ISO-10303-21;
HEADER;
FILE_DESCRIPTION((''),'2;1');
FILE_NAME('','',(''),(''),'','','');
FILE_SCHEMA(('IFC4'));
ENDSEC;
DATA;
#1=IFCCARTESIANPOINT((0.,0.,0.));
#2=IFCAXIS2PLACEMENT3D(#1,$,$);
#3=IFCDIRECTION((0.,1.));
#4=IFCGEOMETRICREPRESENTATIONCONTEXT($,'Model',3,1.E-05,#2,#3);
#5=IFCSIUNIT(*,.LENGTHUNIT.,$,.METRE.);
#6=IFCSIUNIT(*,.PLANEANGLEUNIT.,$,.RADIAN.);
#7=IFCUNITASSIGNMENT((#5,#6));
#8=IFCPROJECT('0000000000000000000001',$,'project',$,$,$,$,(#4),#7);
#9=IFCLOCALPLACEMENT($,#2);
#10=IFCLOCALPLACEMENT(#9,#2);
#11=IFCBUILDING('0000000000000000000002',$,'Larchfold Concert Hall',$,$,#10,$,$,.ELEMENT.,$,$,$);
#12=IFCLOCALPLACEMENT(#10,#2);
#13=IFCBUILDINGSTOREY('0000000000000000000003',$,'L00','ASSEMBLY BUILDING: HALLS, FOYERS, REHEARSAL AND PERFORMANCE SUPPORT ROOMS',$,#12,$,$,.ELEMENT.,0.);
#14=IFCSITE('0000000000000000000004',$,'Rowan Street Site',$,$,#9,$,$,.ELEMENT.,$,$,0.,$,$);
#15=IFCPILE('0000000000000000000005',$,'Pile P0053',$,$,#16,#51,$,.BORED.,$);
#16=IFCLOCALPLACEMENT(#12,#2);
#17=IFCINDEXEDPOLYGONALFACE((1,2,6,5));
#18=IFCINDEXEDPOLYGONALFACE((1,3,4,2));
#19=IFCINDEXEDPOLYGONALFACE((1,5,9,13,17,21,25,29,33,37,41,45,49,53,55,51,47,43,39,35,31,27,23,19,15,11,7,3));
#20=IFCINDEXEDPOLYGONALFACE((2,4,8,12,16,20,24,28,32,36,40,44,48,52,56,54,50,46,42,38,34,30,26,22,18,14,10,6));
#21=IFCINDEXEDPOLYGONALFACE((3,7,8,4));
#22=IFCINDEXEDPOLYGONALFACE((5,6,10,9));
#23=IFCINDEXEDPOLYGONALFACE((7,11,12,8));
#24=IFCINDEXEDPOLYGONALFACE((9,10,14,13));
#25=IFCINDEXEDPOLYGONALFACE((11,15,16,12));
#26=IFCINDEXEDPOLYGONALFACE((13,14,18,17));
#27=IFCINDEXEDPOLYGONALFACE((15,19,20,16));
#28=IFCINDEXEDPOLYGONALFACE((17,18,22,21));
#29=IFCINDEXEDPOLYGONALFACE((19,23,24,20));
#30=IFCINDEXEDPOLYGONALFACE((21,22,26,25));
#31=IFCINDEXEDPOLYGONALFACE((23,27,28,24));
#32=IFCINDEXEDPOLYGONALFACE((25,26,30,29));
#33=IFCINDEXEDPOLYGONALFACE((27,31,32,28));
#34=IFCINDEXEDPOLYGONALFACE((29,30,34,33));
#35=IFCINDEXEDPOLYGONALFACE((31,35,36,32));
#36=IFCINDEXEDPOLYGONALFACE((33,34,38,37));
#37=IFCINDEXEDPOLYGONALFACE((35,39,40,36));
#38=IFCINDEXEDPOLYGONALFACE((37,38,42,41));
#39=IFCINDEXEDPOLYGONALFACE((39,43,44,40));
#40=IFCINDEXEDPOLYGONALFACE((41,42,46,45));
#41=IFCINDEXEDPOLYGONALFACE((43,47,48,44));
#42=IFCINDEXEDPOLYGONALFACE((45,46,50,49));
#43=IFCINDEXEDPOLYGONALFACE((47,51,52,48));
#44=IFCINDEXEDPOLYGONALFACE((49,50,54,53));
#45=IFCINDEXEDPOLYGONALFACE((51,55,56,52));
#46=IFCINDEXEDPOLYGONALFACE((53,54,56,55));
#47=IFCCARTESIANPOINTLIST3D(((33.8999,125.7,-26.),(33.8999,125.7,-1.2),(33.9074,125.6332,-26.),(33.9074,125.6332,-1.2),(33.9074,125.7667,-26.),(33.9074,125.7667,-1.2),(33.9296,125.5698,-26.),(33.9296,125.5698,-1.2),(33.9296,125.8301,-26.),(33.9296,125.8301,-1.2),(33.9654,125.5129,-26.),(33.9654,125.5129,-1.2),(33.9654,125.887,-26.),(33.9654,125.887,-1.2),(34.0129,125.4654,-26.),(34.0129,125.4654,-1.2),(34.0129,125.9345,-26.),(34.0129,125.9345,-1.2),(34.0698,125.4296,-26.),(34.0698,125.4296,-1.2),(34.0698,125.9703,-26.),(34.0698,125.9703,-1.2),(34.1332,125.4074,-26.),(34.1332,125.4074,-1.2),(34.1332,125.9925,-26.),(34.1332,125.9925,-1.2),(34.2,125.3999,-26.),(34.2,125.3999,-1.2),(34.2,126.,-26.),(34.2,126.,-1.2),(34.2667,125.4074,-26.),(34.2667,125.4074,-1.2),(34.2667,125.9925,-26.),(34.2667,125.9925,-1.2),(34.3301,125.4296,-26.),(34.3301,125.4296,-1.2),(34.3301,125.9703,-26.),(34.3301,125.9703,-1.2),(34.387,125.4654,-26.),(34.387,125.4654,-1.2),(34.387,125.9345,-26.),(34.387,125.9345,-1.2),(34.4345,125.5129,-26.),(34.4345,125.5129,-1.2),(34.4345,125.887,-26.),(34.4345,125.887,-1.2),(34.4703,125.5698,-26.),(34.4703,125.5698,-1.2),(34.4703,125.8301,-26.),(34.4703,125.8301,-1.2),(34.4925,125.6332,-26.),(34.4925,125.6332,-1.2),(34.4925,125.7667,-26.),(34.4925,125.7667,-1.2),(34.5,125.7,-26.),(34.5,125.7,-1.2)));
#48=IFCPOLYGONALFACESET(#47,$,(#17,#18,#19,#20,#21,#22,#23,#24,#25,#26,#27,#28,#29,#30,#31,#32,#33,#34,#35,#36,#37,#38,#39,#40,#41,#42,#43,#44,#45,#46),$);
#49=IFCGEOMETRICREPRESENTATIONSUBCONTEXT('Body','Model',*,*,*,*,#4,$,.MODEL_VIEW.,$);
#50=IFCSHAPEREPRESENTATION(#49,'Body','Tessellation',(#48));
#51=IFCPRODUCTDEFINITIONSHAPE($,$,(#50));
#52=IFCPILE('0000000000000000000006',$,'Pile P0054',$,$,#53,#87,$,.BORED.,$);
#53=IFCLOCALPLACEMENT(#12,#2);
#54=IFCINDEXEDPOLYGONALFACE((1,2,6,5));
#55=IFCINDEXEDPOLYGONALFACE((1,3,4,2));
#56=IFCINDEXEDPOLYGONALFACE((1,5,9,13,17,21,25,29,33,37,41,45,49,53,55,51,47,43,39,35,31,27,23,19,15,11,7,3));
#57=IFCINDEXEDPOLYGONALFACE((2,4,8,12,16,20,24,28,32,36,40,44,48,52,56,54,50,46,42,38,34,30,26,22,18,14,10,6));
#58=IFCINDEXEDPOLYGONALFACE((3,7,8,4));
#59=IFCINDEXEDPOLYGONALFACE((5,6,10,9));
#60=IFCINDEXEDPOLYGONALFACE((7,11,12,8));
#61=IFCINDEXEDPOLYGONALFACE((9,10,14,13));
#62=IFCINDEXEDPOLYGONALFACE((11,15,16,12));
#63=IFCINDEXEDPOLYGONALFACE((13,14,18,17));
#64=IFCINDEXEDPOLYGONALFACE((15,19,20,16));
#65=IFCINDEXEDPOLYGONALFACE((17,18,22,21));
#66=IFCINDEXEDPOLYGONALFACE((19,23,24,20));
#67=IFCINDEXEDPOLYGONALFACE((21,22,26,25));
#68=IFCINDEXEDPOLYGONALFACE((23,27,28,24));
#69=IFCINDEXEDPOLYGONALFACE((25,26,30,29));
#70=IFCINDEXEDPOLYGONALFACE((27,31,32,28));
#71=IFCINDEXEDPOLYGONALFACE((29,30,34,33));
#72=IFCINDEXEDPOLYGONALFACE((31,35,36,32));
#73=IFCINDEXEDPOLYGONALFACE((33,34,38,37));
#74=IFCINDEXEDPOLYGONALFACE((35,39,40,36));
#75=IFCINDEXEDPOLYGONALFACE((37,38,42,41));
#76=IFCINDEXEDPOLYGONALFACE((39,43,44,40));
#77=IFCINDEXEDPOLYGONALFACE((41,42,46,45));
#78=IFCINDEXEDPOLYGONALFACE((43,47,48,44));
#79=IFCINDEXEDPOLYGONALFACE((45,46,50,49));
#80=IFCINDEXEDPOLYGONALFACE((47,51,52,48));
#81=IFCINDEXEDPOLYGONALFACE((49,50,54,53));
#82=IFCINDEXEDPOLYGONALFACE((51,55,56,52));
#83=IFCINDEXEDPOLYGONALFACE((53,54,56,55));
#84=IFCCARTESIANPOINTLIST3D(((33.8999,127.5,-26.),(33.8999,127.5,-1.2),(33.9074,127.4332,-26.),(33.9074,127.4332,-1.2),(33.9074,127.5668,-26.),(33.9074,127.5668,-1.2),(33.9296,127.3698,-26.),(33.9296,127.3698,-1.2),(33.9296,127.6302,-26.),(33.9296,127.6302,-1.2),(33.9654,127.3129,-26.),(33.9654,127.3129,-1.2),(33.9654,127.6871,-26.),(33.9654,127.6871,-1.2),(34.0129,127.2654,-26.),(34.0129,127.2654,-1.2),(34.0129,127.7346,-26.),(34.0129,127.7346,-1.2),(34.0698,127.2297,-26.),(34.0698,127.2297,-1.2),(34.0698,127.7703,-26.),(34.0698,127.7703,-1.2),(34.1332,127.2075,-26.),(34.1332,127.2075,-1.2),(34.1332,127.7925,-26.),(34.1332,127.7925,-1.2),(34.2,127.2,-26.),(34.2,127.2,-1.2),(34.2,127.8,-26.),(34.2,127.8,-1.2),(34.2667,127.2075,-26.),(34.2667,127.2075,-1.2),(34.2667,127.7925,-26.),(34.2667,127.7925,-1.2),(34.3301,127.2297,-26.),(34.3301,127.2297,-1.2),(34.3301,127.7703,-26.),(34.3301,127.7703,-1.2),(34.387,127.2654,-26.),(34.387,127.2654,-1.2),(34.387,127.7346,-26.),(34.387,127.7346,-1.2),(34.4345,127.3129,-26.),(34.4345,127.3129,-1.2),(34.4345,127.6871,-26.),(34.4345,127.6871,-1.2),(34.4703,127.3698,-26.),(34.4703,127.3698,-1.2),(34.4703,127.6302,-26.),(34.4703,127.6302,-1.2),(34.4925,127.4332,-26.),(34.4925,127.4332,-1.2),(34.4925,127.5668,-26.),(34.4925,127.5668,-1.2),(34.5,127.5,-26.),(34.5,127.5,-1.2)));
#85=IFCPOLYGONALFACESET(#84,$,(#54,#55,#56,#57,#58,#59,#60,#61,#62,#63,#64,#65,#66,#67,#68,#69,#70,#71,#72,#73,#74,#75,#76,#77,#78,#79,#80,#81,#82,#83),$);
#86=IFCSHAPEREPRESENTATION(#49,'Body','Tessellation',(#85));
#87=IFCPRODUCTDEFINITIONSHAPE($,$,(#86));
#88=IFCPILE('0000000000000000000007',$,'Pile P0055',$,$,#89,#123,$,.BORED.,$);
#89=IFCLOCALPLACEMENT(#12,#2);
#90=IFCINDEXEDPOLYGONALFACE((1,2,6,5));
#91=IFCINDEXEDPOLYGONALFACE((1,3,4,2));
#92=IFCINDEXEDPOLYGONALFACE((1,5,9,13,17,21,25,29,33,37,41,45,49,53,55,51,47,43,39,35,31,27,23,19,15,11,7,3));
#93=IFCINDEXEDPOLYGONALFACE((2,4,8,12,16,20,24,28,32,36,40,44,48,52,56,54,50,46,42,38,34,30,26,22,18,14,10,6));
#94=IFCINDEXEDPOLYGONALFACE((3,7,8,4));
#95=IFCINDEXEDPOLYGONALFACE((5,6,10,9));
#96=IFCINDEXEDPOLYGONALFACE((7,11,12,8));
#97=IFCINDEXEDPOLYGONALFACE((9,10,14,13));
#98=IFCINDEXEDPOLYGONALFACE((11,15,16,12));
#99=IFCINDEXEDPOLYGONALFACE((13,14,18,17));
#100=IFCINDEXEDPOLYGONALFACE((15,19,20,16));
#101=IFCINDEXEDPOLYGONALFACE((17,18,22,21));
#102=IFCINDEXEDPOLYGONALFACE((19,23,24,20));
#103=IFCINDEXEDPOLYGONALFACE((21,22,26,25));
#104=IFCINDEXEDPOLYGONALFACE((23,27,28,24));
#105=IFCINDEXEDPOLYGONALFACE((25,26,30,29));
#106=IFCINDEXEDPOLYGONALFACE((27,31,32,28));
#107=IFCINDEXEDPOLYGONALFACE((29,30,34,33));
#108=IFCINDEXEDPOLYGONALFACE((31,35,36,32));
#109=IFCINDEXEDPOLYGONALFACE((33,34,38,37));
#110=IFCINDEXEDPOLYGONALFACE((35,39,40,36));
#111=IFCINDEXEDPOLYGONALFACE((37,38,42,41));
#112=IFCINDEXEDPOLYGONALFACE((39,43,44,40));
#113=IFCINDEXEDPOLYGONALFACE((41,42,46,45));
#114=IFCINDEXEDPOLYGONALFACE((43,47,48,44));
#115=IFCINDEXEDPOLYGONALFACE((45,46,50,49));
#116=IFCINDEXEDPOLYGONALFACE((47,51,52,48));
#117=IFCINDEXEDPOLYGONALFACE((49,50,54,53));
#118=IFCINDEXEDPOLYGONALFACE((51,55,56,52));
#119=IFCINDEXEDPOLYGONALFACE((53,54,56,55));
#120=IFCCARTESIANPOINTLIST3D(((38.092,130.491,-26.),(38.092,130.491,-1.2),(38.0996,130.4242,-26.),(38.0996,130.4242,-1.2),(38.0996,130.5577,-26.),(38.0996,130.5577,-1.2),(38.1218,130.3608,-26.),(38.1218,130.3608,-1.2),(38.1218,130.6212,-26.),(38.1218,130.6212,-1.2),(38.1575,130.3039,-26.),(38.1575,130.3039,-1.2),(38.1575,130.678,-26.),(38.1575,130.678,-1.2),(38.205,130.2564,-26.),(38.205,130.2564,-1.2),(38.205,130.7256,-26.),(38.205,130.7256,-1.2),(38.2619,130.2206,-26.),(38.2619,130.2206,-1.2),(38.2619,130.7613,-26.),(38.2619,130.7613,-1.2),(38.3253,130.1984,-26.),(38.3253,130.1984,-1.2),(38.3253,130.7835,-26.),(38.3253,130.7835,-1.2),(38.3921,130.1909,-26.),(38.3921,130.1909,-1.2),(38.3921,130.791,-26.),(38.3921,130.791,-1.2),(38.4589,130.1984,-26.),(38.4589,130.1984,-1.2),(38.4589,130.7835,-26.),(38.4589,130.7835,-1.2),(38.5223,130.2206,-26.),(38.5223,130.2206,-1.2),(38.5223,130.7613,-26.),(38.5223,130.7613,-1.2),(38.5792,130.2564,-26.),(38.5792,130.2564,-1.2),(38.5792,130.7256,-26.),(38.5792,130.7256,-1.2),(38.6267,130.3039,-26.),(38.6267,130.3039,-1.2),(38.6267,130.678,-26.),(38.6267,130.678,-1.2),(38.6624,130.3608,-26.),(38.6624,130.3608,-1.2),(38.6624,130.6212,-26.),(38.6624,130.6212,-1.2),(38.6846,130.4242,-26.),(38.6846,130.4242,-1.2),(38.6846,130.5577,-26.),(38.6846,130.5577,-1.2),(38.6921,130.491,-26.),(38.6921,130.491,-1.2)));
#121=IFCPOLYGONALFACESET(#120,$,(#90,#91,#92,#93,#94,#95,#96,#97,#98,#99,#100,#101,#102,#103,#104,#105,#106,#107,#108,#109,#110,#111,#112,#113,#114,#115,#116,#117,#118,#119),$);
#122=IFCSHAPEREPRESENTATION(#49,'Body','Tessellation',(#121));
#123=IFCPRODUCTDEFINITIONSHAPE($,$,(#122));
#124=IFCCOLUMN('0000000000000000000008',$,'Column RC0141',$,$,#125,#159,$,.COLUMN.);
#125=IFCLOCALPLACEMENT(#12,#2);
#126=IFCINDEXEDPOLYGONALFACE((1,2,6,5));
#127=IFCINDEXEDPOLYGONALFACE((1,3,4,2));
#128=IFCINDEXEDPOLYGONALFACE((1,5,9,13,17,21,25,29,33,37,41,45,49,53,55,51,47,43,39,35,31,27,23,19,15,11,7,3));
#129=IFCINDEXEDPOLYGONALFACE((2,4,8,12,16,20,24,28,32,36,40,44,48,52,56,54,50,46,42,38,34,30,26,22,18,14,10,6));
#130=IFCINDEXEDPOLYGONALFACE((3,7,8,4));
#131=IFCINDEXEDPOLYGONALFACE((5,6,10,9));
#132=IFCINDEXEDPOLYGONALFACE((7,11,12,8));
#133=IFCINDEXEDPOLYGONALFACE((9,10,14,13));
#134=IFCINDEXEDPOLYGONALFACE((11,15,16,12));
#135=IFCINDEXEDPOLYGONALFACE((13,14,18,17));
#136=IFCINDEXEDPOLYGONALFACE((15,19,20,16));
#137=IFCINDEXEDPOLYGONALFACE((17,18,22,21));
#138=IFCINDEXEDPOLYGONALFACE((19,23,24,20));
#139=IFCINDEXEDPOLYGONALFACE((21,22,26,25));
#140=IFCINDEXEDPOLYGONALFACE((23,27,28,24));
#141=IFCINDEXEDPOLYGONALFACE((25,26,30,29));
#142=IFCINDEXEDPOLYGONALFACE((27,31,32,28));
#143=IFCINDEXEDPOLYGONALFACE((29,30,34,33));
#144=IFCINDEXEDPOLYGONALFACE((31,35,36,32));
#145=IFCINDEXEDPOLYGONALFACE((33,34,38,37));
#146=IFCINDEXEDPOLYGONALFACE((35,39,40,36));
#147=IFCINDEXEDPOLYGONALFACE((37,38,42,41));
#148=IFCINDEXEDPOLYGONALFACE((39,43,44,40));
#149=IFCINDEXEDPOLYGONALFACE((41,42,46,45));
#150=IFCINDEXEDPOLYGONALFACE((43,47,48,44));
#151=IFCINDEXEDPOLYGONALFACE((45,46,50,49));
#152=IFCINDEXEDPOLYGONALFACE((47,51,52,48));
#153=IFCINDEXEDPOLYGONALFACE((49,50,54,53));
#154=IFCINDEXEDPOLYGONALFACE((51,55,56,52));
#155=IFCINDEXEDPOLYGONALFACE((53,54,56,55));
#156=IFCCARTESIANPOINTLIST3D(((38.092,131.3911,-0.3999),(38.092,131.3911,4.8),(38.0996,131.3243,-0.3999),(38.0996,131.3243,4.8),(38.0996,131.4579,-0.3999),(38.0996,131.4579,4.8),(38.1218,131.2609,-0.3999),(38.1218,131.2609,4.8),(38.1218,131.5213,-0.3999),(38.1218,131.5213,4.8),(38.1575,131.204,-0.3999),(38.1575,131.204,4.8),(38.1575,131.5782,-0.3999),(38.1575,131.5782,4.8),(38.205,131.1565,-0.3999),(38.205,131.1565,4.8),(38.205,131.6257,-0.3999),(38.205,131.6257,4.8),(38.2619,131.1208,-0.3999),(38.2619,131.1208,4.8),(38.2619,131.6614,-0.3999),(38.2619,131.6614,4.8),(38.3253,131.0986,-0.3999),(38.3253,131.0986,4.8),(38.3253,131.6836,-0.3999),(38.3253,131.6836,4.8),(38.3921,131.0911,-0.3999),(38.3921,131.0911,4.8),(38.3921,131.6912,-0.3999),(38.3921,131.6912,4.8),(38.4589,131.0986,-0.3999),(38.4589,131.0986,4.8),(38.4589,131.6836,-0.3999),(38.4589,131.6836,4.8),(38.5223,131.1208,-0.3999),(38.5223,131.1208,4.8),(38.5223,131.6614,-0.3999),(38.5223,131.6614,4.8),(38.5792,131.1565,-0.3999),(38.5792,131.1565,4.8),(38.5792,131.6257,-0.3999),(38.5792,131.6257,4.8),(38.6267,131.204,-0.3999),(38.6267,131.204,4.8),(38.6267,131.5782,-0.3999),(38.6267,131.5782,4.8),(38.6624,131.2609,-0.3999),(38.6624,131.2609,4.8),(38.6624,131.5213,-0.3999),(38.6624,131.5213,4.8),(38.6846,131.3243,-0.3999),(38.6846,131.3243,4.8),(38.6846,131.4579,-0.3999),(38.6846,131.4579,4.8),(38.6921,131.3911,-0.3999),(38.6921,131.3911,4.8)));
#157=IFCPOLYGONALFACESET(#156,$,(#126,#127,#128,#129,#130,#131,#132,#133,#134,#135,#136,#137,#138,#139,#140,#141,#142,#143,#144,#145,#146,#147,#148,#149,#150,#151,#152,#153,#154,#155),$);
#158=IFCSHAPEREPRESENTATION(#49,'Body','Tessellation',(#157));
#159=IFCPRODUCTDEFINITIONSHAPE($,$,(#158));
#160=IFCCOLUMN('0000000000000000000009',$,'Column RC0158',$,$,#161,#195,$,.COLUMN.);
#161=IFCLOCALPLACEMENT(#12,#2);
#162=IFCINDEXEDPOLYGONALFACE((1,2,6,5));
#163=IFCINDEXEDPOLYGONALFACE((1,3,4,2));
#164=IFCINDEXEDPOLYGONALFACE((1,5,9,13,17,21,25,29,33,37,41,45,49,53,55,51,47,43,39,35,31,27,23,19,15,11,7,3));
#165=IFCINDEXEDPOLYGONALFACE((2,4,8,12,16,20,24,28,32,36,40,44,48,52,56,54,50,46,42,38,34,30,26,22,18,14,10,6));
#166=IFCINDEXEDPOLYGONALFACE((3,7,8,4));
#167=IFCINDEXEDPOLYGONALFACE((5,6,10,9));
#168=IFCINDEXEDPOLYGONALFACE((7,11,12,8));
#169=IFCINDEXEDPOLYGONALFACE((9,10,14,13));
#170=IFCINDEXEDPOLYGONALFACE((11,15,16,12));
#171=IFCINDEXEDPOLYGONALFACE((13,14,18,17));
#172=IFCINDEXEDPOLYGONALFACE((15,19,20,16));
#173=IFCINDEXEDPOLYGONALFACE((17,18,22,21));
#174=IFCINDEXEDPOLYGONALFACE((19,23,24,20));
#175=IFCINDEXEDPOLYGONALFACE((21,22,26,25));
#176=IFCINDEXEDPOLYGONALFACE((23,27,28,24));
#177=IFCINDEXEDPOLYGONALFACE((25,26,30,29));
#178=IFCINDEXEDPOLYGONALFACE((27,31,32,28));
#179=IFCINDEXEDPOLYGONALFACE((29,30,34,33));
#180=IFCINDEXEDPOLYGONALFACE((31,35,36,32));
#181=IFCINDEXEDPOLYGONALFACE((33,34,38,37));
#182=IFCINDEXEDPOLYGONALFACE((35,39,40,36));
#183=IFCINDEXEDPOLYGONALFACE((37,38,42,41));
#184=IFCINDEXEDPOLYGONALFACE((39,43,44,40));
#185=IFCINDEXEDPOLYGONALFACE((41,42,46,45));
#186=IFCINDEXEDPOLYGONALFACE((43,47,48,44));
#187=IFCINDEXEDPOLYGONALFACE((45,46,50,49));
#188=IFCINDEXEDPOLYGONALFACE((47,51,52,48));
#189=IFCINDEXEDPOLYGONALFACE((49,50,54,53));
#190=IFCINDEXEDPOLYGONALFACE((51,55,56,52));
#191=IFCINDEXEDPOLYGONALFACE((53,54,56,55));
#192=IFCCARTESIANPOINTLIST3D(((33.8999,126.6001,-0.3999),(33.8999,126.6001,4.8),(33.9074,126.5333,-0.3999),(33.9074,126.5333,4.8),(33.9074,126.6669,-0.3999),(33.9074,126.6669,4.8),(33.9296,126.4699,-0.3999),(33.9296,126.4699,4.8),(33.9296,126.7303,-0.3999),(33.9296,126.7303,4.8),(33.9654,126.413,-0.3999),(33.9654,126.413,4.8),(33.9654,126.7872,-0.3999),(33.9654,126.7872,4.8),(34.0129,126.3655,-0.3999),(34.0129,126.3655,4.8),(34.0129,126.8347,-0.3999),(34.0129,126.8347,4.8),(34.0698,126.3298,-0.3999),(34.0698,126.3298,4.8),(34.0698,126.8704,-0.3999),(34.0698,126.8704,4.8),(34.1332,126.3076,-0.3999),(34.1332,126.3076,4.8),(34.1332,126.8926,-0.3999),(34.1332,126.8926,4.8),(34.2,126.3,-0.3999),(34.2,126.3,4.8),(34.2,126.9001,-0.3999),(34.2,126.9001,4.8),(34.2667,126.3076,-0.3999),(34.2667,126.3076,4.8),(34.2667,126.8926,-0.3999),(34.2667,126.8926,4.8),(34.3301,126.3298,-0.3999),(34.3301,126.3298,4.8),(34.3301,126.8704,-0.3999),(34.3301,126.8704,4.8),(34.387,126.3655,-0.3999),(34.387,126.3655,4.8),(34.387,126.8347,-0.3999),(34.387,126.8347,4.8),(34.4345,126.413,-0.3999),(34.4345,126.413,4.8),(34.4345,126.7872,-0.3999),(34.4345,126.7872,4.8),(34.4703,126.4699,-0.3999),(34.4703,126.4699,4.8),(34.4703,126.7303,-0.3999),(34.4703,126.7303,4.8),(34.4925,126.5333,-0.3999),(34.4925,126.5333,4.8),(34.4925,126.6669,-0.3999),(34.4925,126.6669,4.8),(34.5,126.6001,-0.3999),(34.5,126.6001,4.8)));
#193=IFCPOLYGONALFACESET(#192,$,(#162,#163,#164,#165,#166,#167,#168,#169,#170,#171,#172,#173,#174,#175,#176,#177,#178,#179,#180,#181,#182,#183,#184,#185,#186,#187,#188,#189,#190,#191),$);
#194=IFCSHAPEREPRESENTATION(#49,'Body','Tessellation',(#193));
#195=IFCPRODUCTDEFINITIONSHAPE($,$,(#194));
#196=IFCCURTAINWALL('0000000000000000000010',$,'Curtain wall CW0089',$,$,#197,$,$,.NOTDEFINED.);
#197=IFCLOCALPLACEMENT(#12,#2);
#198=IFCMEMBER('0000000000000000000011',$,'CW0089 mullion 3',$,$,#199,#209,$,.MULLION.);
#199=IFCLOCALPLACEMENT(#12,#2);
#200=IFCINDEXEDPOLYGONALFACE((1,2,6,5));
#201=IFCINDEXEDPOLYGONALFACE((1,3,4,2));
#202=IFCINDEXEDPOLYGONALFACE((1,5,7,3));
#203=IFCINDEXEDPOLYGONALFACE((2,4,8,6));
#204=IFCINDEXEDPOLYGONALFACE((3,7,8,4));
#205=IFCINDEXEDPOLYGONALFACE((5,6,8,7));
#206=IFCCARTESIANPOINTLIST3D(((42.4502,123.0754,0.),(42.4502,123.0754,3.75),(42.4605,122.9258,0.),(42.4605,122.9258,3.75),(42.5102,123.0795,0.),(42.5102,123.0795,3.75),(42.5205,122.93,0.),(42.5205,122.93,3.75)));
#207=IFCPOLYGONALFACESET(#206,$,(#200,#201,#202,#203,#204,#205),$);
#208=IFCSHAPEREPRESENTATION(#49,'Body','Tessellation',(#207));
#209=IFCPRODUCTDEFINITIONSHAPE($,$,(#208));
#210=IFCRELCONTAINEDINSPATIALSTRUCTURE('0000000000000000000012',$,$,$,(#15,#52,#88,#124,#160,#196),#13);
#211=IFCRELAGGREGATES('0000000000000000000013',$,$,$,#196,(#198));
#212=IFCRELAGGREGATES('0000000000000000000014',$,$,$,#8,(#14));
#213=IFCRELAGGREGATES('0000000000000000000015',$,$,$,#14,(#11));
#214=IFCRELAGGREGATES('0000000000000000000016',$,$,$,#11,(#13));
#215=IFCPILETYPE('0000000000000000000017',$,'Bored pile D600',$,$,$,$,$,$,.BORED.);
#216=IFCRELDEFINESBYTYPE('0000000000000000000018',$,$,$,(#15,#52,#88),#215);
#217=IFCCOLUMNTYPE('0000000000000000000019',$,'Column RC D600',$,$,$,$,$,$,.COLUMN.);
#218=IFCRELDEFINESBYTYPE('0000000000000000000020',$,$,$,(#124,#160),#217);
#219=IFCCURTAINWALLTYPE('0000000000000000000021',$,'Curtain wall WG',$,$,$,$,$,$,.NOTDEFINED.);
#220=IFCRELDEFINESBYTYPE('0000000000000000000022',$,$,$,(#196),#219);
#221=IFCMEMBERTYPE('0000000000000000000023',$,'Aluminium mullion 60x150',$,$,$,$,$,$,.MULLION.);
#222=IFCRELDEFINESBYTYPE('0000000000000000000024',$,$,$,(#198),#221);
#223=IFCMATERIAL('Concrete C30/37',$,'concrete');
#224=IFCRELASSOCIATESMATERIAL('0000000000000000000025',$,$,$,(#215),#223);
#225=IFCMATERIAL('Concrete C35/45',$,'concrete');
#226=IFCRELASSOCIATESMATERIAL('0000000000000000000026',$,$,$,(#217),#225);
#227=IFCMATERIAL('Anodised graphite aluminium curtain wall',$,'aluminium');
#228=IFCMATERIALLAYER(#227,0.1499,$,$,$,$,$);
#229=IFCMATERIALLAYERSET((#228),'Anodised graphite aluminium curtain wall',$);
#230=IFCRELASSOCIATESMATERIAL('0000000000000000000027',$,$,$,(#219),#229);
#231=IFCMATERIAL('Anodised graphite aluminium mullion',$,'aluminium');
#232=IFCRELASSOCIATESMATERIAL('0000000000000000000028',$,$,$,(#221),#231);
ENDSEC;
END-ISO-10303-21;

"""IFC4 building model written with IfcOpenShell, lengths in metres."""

from ifc_helpers import new_model, si_unit, direction, frame, origin, origin_2d, place, context, subcontext, project, spatial, rectangle, circle, extrude, material, layer, layer_set, material_profile, profile_set, type_object, element, aggregate, save


model = new_model("IFC4")

# Units and contexts
model_context = context("Model", 3, precision=1e-05, world=origin(), true_north=direction((0.0, 1.0)))
body_context = subcontext(model_context, "Body", "Model", "MODEL_VIEW")
ifc_project = project(units=[si_unit("LENGTHUNIT", "METRE"), si_unit("PLANEANGLEUNIT", "RADIAN")], contexts=[model_context])

# Site, building, storey
site_placement = place(None, origin())
site = spatial("IfcSite", under=ifc_project, at=site_placement, Name="Rowan Street Site", CompositionType="ELEMENT", RefElevation=0.0)
building_placement = place(site_placement, origin())
building = spatial("IfcBuilding", under=site, at=building_placement, Name="Larchfold Concert Hall", CompositionType="ELEMENT")
storey_placement = place(building_placement, origin())
storey = spatial("IfcBuildingStorey", under=building, at=storey_placement, Name="L00", Description="ASSEMBLY BUILDING: HALLS, FOYERS, REHEARSAL AND PERFORMANCE SUPPORT ROOMS", CompositionType="ELEMENT", Elevation=0.0)

# Piles
ifc_material_1 = material(Name="Concrete C30/37", Category="concrete")
ifc_material_profile_1 = material_profile(ifc_material_1, circle(Radius=0.3, at=origin_2d()))
ifc_profile_set_1 = profile_set([ifc_material_profile_1], Name="Concrete C30/37")
pile_type = type_object("IfcPileType", Name="Bored pile D600", PredefinedType="BORED", material=ifc_profile_set_1)
for number, where, z_axis, x_axis, name in (
    (1, (34.2, 125.7, -1.2), (0.0, 0.0, -1.0), (1.0, 0.0, 0.0), "Pile P0053"),
    (2, (34.2, 127.5, -1.2), (0.0, 0.0, -1.0), (1.0, 0.0, 0.0), "Pile P0054"),
    (3, (38.3921, 130.491, -1.2), (0.0, 0.0, -1.0), (1.0, 0.0, 0.0), "Pile P0055"),
):
    element("IfcPile", number, at=place(storey_placement, frame(where, z_axis=z_axis, x_axis=x_axis)), inside=storey, type_object=pile_type, Name=name, PredefinedType="BORED", context=body_context, shape_type="SweptSolid", body=[
        extrude(circle(Radius=0.3, at=origin_2d()), origin(), (0.0, 0.0, 1.0), 24.8),
    ])

# Columns
ifc_material_2 = material(Name="Concrete C35/45", Category="concrete")
ifc_material_profile_2 = material_profile(ifc_material_2, circle(Radius=0.3, at=origin_2d()))
ifc_profile_set_2 = profile_set([ifc_material_profile_2], Name="Concrete C35/45")
column_type = type_object("IfcColumnType", Name="Column RC D600", PredefinedType="COLUMN", material=ifc_profile_set_2)
for number, where, z_axis, x_axis, name in (
    (4, (38.3921, 131.3911, -0.3999), (0.0, 0.0, 1.0), (1.0, 0.0, 0.0), "Column RC0141"),
    (5, (34.2, 126.6001, -0.3999), (0.0, 0.0, 1.0), (1.0, 0.0, 0.0), "Column RC0158"),
):
    element("IfcColumn", number, at=place(storey_placement, frame(where, z_axis=z_axis, x_axis=x_axis)), inside=storey, type_object=column_type, Name=name, PredefinedType="COLUMN", context=body_context, shape_type="SweptSolid", body=[
        extrude(circle(Radius=0.3, at=origin_2d()), origin(), (0.0, 0.0, 1.0), 5.2),
    ])

# Curtain wall, member
ifc_material_3 = material(Name="Anodised graphite aluminium curtain wall", Category="aluminium")
ifc_layer_1 = layer(ifc_material_3, 0.1499)
ifc_layer_set_1 = layer_set([ifc_layer_1], Name="Anodised graphite aluminium curtain wall")
curtain_wall_type = type_object("IfcCurtainWallType", Name="Curtain wall WG", PredefinedType="NOTDEFINED", material=ifc_layer_set_1)
curtain_wall_1_placement = place(storey_placement, origin())
curtain_wall_1 = element("IfcCurtainWall", 6, at=curtain_wall_1_placement, inside=storey, type_object=curtain_wall_type, Name="Curtain wall CW0089", PredefinedType="NOTDEFINED")
ifc_material_4 = material(Name="Anodised graphite aluminium mullion", Category="aluminium")
ifc_material_profile_3 = material_profile(ifc_material_4, rectangle(XDim=0.1499, YDim=0.0601, at=origin_2d()))
ifc_profile_set_3 = profile_set([ifc_material_profile_3], Name="Anodised graphite aluminium mullion")
member_type_1 = type_object("IfcMemberType", Name="Aluminium mullion 60x150", PredefinedType="MULLION", material=ifc_profile_set_3)
member_1_placement = place(storey_placement, frame((42.4854, 123.0027, 0.0), z_axis=(0.0, 0.0, 1.0), x_axis=(-0.0687, 0.997637, 0.0)))
member_1 = element("IfcMember", 7, at=member_1_placement, type_object=member_type_1, Name="CW0089 mullion 3", PredefinedType="MULLION", context=body_context, shape_type="SweptSolid", body=[
    extrude(rectangle(XDim=0.1499, YDim=0.0601, at=origin_2d()), origin(), (0.0, 0.0, 1.0), 3.75),
])
aggregate(curtain_wall_1, [member_1])

save(model, "model.ifc")
